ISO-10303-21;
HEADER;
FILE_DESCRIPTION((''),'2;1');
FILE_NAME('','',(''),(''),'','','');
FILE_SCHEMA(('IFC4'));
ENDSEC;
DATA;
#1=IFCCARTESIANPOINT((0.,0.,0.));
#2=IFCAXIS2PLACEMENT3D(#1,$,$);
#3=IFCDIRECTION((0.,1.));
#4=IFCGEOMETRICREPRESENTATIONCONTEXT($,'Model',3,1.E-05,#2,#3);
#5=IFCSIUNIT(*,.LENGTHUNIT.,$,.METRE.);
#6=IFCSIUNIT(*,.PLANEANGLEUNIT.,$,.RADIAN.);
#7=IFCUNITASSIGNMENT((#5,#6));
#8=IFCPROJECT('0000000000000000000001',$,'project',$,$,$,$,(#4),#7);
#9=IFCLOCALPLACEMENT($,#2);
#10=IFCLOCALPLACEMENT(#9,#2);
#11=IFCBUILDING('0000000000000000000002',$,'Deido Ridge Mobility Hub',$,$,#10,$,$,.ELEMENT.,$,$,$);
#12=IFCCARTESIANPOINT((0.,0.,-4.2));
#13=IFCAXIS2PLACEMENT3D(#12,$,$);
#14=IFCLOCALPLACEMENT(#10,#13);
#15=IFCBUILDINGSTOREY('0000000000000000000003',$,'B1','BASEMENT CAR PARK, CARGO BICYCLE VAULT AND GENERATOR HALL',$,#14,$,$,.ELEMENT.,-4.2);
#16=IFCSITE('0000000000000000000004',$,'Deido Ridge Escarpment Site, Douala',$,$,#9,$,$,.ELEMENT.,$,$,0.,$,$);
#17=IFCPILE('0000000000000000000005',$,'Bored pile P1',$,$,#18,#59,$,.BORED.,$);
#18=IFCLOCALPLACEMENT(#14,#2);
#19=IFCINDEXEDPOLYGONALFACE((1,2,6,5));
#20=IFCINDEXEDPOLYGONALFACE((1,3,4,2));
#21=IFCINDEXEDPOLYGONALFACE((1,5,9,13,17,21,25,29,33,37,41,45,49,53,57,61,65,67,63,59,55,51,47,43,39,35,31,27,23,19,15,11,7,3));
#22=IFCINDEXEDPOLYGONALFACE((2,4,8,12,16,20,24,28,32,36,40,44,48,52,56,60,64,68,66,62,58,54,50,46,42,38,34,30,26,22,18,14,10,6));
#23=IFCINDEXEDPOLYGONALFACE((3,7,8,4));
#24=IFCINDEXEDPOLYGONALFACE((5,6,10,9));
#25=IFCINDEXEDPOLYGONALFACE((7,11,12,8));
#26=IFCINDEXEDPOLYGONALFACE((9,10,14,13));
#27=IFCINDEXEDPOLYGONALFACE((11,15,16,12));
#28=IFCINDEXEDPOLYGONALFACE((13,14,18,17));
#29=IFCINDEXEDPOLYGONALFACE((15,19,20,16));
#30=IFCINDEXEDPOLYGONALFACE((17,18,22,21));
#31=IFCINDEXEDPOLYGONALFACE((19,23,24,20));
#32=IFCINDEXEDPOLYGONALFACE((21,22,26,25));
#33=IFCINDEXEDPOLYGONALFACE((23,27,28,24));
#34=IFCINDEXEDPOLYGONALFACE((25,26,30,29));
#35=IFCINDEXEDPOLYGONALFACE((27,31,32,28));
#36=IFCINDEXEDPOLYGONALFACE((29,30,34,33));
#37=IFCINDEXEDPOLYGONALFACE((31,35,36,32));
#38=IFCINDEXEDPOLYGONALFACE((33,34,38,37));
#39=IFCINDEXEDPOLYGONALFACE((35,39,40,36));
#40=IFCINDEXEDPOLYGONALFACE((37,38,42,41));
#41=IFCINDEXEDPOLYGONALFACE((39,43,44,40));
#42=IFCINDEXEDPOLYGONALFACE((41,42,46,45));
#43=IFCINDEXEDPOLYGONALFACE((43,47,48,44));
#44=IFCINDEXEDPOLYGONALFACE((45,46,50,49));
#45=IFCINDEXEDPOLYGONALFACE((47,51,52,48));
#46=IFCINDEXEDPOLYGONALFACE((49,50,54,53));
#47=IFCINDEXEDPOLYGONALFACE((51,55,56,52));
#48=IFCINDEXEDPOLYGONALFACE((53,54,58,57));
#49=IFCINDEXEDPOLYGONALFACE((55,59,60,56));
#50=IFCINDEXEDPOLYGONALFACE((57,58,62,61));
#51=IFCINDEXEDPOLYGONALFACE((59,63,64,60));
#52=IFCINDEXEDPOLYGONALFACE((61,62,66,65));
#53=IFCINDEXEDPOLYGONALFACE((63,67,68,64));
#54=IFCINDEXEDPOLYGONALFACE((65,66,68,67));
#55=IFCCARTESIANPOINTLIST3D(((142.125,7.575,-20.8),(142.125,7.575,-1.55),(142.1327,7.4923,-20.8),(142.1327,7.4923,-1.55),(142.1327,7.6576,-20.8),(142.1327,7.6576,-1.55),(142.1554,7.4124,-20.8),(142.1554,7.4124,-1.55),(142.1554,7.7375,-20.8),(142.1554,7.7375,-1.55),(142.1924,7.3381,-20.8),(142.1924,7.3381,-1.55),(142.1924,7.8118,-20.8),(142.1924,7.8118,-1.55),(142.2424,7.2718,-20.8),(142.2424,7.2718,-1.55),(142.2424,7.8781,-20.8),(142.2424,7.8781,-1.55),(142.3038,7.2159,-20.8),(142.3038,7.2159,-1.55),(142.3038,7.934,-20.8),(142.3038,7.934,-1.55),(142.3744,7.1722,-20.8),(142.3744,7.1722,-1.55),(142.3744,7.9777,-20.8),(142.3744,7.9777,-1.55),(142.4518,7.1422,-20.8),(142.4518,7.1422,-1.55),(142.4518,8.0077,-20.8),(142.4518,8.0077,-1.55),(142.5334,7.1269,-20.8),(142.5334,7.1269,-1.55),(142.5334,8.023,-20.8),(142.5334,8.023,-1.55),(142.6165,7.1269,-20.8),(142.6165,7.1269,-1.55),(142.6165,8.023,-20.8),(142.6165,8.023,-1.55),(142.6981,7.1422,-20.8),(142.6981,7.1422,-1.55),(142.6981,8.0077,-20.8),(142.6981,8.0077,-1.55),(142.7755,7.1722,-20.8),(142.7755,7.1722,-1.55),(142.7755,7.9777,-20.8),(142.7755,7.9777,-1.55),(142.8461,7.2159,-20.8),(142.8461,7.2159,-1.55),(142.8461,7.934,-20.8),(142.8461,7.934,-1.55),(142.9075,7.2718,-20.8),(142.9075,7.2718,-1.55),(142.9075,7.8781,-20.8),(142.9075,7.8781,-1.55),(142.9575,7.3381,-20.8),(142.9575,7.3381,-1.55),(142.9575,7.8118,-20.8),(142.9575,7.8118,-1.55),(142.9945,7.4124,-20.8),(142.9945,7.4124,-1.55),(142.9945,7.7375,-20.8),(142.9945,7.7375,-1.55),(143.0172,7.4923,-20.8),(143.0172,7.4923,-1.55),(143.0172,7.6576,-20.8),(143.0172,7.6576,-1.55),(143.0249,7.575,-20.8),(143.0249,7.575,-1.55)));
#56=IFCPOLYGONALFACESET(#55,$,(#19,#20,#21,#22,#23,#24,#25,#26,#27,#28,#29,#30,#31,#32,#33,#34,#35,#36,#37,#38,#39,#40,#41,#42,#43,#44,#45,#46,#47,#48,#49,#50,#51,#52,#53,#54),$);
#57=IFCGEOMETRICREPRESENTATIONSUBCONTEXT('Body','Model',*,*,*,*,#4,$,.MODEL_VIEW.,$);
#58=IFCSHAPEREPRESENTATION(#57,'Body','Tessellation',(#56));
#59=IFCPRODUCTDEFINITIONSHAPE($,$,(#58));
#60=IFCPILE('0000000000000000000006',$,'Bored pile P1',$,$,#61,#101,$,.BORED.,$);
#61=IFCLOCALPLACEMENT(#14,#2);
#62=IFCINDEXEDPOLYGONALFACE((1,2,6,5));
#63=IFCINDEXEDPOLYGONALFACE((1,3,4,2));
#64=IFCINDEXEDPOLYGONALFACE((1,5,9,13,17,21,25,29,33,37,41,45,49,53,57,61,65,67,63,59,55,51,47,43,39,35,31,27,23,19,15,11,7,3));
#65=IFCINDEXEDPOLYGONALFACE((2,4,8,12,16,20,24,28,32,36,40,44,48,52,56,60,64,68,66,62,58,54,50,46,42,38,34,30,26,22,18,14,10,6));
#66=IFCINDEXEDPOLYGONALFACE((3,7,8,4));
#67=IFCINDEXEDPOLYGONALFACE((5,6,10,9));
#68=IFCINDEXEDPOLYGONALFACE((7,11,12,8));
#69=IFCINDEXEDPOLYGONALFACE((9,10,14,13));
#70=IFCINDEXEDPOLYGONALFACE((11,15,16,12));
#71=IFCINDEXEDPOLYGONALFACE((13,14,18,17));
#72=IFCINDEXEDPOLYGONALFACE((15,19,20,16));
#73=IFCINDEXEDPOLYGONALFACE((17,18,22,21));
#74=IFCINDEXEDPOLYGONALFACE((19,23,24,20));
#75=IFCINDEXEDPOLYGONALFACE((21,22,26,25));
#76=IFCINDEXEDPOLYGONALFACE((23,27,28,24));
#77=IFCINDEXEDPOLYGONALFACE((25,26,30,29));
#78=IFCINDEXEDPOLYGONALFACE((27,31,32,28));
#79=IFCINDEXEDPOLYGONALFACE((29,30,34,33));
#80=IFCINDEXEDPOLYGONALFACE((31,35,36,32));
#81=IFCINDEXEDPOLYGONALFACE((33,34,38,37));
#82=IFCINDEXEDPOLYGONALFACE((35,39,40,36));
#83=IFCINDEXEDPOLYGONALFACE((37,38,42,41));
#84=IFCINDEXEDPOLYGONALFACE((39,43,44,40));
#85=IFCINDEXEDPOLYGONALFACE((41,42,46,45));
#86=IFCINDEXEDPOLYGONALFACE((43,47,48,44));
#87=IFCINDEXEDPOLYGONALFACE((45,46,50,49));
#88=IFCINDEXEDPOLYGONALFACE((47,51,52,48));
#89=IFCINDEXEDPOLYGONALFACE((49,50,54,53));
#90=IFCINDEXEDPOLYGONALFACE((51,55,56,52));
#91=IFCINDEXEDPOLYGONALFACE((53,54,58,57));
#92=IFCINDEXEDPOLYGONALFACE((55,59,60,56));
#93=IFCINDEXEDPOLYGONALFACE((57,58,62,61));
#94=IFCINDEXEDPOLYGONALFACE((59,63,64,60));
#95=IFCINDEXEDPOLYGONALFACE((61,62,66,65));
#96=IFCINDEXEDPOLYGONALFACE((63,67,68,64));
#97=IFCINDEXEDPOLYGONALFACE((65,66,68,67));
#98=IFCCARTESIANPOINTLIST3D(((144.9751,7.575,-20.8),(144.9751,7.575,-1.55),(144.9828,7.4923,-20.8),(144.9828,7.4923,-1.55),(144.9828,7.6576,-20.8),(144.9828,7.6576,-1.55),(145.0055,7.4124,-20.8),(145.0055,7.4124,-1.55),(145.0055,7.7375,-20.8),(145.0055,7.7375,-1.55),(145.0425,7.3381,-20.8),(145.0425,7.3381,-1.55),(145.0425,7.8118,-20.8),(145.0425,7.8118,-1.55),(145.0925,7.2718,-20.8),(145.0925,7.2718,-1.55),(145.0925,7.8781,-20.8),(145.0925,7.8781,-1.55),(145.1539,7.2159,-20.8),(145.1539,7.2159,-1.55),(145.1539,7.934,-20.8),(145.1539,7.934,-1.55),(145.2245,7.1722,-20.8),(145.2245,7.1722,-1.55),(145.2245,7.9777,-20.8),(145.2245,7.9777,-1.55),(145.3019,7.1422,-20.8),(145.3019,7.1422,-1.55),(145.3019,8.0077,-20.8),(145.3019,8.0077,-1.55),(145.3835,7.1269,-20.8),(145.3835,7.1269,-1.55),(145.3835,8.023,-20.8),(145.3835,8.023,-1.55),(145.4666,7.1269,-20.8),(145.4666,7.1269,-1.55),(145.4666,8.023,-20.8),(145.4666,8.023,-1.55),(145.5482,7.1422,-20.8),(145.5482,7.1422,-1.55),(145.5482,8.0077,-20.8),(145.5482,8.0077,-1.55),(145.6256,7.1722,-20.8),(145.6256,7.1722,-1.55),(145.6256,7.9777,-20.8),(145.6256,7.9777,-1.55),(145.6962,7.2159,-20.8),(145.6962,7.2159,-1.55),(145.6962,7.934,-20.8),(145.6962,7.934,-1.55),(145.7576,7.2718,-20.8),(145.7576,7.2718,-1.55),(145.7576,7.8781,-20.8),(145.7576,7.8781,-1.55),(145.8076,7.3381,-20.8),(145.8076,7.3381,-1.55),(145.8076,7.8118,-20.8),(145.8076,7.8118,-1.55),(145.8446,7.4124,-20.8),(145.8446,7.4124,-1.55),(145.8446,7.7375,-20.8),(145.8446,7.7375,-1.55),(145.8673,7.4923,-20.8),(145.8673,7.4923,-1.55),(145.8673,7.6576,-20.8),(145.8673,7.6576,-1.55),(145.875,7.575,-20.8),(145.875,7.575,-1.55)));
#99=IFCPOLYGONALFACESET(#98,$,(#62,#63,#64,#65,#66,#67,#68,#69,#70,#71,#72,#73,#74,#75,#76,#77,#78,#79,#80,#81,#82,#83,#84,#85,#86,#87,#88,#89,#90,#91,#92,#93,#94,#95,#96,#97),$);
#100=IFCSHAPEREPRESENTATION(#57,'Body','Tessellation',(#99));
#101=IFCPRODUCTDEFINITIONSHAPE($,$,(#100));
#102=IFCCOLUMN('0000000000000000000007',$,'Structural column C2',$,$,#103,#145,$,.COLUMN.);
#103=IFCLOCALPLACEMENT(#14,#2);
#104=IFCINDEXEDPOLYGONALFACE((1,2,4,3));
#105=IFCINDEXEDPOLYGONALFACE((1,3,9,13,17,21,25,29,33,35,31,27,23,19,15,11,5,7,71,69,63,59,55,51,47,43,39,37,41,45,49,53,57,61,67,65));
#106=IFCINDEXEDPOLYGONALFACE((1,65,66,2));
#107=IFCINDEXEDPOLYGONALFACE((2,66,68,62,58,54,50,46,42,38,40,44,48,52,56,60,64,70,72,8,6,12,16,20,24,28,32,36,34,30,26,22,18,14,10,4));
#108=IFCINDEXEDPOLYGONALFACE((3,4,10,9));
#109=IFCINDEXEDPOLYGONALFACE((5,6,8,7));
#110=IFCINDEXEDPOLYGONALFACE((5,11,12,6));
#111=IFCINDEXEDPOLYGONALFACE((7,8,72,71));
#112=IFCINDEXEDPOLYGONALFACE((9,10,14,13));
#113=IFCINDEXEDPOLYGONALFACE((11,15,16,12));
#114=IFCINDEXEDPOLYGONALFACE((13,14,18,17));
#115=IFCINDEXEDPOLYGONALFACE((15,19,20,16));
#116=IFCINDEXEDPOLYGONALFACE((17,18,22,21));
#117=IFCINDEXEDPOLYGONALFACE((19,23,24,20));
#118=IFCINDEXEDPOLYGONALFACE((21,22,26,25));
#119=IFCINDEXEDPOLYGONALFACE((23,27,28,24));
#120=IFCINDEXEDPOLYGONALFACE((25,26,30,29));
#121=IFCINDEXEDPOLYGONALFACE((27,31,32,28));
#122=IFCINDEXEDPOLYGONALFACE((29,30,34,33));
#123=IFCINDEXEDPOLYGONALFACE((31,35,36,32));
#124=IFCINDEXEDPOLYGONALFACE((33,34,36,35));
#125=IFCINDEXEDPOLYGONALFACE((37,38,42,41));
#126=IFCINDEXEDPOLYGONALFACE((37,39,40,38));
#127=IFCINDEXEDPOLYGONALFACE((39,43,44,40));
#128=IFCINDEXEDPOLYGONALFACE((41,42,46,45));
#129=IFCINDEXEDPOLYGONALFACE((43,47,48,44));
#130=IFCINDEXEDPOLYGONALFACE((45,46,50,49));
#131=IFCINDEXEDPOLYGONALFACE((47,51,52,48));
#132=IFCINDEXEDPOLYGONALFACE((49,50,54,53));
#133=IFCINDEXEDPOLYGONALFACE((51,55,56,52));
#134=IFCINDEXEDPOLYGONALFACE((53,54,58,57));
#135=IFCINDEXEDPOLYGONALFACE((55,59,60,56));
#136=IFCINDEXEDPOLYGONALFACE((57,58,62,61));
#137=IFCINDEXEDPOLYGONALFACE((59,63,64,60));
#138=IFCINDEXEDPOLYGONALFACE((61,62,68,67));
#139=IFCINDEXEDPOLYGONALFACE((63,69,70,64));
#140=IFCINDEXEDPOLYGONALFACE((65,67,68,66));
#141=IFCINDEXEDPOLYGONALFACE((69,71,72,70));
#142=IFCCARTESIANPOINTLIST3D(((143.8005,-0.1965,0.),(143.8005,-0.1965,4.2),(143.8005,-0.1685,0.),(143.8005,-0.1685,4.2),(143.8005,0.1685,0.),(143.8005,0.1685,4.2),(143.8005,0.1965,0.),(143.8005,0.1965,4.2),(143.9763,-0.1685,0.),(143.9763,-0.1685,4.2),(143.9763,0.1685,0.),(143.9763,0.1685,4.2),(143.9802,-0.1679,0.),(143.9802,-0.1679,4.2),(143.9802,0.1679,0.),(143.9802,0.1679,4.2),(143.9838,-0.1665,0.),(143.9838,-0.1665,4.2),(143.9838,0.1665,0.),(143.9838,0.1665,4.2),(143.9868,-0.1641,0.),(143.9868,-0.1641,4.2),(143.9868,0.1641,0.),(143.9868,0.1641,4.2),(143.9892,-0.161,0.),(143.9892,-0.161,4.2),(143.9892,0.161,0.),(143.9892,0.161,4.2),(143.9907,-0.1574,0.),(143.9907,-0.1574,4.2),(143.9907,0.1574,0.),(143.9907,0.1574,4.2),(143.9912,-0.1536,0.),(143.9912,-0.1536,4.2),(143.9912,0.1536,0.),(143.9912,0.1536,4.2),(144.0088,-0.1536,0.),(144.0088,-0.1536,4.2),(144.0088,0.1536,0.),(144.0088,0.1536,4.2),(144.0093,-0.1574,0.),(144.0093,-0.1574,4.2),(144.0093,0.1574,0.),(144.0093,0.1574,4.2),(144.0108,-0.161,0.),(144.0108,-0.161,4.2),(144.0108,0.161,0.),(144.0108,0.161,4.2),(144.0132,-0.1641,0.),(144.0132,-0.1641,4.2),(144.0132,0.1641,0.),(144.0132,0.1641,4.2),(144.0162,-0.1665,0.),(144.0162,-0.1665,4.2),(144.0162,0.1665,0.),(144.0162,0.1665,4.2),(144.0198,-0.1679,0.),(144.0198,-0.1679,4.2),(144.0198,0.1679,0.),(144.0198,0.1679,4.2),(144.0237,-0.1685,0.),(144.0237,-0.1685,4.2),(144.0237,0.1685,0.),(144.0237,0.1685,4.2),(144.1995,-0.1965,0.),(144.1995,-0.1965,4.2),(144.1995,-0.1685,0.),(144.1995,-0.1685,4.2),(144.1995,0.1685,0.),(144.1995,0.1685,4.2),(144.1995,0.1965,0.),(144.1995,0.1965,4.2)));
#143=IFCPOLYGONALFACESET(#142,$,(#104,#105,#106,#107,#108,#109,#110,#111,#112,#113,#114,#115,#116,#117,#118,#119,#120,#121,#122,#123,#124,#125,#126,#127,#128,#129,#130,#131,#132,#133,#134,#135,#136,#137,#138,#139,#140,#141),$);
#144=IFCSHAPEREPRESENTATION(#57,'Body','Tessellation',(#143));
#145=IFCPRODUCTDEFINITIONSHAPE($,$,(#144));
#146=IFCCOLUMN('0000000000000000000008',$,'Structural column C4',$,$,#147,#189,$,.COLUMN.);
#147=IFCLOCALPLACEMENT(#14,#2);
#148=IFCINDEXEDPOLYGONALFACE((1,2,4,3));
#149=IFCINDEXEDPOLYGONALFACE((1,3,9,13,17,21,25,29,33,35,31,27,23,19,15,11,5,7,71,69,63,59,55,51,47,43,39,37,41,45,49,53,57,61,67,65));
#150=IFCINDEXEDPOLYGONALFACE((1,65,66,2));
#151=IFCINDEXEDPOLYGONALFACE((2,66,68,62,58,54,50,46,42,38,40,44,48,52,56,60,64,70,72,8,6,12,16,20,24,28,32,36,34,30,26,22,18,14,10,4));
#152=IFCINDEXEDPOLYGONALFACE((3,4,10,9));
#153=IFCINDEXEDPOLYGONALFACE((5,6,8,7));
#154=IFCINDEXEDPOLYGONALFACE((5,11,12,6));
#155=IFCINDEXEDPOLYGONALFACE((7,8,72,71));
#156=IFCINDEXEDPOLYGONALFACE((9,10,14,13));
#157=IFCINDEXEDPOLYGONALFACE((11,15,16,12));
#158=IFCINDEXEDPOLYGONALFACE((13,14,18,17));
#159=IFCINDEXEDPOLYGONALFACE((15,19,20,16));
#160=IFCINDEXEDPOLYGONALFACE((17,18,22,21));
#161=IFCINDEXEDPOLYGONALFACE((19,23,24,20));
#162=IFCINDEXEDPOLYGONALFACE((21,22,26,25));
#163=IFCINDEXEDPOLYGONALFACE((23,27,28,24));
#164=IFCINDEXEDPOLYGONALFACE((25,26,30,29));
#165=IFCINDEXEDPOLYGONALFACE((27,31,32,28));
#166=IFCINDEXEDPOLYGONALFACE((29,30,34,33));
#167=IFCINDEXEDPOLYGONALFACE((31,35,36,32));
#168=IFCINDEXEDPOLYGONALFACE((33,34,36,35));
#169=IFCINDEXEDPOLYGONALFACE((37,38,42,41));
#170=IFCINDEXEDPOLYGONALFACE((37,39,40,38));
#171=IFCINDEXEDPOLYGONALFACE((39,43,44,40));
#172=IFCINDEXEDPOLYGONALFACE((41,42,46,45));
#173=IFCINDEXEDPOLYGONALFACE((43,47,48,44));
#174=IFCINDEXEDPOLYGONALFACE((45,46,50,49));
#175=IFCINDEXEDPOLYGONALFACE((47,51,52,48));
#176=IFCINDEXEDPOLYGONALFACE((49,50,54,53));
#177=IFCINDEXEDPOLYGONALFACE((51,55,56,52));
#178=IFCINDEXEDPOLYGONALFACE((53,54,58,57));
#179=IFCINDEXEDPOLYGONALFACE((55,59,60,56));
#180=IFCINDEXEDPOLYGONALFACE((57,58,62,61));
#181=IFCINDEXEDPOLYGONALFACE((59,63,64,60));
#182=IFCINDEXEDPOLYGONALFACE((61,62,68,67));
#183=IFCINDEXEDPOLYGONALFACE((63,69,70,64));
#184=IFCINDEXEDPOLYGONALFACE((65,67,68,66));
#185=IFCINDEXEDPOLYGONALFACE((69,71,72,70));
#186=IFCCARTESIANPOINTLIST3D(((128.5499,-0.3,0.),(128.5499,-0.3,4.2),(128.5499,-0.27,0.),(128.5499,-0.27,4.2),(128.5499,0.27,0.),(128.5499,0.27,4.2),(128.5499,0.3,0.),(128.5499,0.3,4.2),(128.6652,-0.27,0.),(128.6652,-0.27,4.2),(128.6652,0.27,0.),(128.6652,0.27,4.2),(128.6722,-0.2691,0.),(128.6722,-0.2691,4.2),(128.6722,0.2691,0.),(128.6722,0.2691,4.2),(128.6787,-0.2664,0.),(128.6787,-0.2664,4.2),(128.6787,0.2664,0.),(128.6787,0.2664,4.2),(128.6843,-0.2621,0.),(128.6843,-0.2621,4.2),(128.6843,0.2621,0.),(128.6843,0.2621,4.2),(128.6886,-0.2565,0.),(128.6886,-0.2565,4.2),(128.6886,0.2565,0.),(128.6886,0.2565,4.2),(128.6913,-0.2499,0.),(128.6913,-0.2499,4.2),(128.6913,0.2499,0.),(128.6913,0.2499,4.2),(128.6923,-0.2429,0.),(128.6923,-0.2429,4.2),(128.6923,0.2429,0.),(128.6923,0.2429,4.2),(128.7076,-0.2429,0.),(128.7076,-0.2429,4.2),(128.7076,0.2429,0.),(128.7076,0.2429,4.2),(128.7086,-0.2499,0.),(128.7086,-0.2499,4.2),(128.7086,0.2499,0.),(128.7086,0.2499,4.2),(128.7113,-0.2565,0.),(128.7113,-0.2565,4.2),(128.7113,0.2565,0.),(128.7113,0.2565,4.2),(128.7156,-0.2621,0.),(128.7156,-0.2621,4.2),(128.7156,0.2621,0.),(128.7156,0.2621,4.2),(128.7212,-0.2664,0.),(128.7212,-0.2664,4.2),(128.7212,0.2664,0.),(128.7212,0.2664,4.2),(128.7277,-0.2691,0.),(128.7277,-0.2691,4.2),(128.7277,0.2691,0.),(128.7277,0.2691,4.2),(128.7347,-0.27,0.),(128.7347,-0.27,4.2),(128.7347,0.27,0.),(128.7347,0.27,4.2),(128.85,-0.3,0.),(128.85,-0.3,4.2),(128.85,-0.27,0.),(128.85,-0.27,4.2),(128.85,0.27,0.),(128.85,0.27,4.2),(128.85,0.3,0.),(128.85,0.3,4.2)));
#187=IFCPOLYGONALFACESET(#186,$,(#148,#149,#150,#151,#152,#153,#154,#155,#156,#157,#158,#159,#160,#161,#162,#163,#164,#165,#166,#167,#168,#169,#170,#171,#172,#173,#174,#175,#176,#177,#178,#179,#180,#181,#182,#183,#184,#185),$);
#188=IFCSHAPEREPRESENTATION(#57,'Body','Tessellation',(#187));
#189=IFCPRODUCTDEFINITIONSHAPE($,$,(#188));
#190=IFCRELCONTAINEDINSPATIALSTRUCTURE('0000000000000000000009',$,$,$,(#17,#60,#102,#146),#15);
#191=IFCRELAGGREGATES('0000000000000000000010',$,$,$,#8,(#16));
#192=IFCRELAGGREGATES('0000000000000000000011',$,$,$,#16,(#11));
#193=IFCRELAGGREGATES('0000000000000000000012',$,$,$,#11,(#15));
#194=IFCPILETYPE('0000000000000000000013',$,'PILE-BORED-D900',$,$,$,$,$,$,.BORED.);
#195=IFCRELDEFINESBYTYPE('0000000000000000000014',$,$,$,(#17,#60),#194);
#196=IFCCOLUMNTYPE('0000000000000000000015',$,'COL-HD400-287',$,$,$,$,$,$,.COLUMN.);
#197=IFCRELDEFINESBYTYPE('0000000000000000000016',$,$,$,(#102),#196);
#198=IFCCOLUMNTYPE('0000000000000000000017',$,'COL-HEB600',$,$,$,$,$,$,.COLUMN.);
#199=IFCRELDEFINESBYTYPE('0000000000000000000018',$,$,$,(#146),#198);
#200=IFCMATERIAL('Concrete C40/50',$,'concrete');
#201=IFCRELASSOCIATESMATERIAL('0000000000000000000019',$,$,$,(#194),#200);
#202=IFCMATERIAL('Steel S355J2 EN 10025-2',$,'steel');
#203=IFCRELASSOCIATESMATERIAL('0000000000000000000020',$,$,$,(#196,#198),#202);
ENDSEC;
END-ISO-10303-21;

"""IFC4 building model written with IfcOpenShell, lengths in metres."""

from ifc_helpers import new_model, si_unit, direction, frame, origin, origin_2d, place, context, subcontext, project, spatial, circle, i_section, extrude, material, material_profile, profile_set, type_object, element, save


model = new_model("IFC4")

# Units and contexts
model_context = context("Model", 3, precision=1e-05, world=origin(), true_north=direction((0.0, 1.0)))
body_context = subcontext(model_context, "Body", "Model", "MODEL_VIEW")
ifc_project = project(units=[si_unit("LENGTHUNIT", "METRE"), si_unit("PLANEANGLEUNIT", "RADIAN")], contexts=[model_context])

# Site, building, storey
site_placement = place(None, origin())
site = spatial("IfcSite", under=ifc_project, at=site_placement, Name="Deido Ridge Escarpment Site, Douala", CompositionType="ELEMENT", RefElevation=0.0)
building_placement = place(site_placement, origin())
building = spatial("IfcBuilding", under=site, at=building_placement, Name="Deido Ridge Mobility Hub", CompositionType="ELEMENT")
storey_placement = place(building_placement, frame((0.0, 0.0, -4.2)))
storey = spatial("IfcBuildingStorey", under=building, at=storey_placement, Name="B1", Description="BASEMENT CAR PARK, CARGO BICYCLE VAULT AND GENERATOR HALL", CompositionType="ELEMENT", Elevation=-4.2)

# Shared definitions
ifc_material_1 = material(Name="Concrete C40/50", Category="concrete")

# Piles
ifc_material_profile_1 = material_profile(ifc_material_1, circle(Radius=0.45, at=origin_2d()), Name="BORED PILE D900")
ifc_profile_set_1 = profile_set([ifc_material_profile_1], Name="Concrete C40/50")
pile_type_1 = type_object("IfcPileType", Name="PILE-BORED-D900", PredefinedType="BORED", material=ifc_profile_set_1)
for number, where, z_axis, x_axis, name in (
    (1, (142.575, 7.575, -1.55), (0.0, 0.0, -1.0), (1.0, 0.0, 0.0), "Bored pile P1"),
    (2, (145.425, 7.575, -1.55), (0.0, 0.0, -1.0), (1.0, 0.0, 0.0), "Bored pile P1"),
):
    element("IfcPile", number, at=place(storey_placement, frame(where, z_axis=z_axis, x_axis=x_axis)), inside=storey, type_object=pile_type_1, Name=name, PredefinedType="BORED", context=body_context, shape_type="SweptSolid", body=[
        extrude(circle(Radius=0.45, at=origin_2d()), origin(), (0.0, 0.0, 1.0), 19.25),
    ])

# Columns
ifc_material_2 = material(Name="Steel S355J2 EN 10025-2", Category="steel")
ifc_material_profile_2 = material_profile(ifc_material_2, i_section(OverallWidth=0.3989, OverallDepth=0.3931, WebThickness=0.0176, FlangeThickness=0.0281, FilletRadius=0.0149, at=origin_2d()), Name="HD 400x287")
ifc_profile_set_2 = profile_set([ifc_material_profile_2], Name="Steel S355J2 EN 10025-2")
column_type_1 = type_object("IfcColumnType", Name="COL-HD400-287", PredefinedType="COLUMN", material=ifc_profile_set_2)
column_placement = place(storey_placement, frame((144.0, 0.0, 0.0), z_axis=(0.0, 0.0, 1.0), x_axis=(1.0, 0.0, 0.0)))
element("IfcColumn", 3, at=column_placement, inside=storey, type_object=column_type_1, Name="Structural column C2", PredefinedType="COLUMN", context=body_context, shape_type="SweptSolid", body=[
    extrude(i_section(OverallWidth=0.3989, OverallDepth=0.3931, WebThickness=0.0176, FlangeThickness=0.0281, FilletRadius=0.0149, at=origin_2d()), origin(), (0.0, 0.0, 1.0), 4.2),
])
ifc_material_profile_3 = material_profile(ifc_material_2, i_section(OverallWidth=0.3, OverallDepth=0.6001, WebThickness=0.0154, FlangeThickness=0.03, FilletRadius=0.0271, at=origin_2d()), Name="HEB 600")
ifc_profile_set_3 = profile_set([ifc_material_profile_3], Name="Steel S355J2 EN 10025-2")
column_type_2 = type_object("IfcColumnType", Name="COL-HEB600", PredefinedType="COLUMN", material=ifc_profile_set_3)
for number, where, z_axis, x_axis, name in (
    (4, (128.7, 0.0, 0.0), (0.0, 0.0, 1.0), (1.0, 0.0, 0.0), "Structural column C4"),
):
    element("IfcColumn", number, at=place(storey_placement, frame(where, z_axis=z_axis, x_axis=x_axis)), inside=storey, type_object=column_type_2, Name=name, PredefinedType="COLUMN", context=body_context, shape_type="SweptSolid", body=[
        extrude(i_section(OverallWidth=0.3, OverallDepth=0.6001, WebThickness=0.0154, FlangeThickness=0.03, FilletRadius=0.0271, at=origin_2d()), origin(), (0.0, 0.0, 1.0), 4.2),
    ])

save(model, "model.ifc")
